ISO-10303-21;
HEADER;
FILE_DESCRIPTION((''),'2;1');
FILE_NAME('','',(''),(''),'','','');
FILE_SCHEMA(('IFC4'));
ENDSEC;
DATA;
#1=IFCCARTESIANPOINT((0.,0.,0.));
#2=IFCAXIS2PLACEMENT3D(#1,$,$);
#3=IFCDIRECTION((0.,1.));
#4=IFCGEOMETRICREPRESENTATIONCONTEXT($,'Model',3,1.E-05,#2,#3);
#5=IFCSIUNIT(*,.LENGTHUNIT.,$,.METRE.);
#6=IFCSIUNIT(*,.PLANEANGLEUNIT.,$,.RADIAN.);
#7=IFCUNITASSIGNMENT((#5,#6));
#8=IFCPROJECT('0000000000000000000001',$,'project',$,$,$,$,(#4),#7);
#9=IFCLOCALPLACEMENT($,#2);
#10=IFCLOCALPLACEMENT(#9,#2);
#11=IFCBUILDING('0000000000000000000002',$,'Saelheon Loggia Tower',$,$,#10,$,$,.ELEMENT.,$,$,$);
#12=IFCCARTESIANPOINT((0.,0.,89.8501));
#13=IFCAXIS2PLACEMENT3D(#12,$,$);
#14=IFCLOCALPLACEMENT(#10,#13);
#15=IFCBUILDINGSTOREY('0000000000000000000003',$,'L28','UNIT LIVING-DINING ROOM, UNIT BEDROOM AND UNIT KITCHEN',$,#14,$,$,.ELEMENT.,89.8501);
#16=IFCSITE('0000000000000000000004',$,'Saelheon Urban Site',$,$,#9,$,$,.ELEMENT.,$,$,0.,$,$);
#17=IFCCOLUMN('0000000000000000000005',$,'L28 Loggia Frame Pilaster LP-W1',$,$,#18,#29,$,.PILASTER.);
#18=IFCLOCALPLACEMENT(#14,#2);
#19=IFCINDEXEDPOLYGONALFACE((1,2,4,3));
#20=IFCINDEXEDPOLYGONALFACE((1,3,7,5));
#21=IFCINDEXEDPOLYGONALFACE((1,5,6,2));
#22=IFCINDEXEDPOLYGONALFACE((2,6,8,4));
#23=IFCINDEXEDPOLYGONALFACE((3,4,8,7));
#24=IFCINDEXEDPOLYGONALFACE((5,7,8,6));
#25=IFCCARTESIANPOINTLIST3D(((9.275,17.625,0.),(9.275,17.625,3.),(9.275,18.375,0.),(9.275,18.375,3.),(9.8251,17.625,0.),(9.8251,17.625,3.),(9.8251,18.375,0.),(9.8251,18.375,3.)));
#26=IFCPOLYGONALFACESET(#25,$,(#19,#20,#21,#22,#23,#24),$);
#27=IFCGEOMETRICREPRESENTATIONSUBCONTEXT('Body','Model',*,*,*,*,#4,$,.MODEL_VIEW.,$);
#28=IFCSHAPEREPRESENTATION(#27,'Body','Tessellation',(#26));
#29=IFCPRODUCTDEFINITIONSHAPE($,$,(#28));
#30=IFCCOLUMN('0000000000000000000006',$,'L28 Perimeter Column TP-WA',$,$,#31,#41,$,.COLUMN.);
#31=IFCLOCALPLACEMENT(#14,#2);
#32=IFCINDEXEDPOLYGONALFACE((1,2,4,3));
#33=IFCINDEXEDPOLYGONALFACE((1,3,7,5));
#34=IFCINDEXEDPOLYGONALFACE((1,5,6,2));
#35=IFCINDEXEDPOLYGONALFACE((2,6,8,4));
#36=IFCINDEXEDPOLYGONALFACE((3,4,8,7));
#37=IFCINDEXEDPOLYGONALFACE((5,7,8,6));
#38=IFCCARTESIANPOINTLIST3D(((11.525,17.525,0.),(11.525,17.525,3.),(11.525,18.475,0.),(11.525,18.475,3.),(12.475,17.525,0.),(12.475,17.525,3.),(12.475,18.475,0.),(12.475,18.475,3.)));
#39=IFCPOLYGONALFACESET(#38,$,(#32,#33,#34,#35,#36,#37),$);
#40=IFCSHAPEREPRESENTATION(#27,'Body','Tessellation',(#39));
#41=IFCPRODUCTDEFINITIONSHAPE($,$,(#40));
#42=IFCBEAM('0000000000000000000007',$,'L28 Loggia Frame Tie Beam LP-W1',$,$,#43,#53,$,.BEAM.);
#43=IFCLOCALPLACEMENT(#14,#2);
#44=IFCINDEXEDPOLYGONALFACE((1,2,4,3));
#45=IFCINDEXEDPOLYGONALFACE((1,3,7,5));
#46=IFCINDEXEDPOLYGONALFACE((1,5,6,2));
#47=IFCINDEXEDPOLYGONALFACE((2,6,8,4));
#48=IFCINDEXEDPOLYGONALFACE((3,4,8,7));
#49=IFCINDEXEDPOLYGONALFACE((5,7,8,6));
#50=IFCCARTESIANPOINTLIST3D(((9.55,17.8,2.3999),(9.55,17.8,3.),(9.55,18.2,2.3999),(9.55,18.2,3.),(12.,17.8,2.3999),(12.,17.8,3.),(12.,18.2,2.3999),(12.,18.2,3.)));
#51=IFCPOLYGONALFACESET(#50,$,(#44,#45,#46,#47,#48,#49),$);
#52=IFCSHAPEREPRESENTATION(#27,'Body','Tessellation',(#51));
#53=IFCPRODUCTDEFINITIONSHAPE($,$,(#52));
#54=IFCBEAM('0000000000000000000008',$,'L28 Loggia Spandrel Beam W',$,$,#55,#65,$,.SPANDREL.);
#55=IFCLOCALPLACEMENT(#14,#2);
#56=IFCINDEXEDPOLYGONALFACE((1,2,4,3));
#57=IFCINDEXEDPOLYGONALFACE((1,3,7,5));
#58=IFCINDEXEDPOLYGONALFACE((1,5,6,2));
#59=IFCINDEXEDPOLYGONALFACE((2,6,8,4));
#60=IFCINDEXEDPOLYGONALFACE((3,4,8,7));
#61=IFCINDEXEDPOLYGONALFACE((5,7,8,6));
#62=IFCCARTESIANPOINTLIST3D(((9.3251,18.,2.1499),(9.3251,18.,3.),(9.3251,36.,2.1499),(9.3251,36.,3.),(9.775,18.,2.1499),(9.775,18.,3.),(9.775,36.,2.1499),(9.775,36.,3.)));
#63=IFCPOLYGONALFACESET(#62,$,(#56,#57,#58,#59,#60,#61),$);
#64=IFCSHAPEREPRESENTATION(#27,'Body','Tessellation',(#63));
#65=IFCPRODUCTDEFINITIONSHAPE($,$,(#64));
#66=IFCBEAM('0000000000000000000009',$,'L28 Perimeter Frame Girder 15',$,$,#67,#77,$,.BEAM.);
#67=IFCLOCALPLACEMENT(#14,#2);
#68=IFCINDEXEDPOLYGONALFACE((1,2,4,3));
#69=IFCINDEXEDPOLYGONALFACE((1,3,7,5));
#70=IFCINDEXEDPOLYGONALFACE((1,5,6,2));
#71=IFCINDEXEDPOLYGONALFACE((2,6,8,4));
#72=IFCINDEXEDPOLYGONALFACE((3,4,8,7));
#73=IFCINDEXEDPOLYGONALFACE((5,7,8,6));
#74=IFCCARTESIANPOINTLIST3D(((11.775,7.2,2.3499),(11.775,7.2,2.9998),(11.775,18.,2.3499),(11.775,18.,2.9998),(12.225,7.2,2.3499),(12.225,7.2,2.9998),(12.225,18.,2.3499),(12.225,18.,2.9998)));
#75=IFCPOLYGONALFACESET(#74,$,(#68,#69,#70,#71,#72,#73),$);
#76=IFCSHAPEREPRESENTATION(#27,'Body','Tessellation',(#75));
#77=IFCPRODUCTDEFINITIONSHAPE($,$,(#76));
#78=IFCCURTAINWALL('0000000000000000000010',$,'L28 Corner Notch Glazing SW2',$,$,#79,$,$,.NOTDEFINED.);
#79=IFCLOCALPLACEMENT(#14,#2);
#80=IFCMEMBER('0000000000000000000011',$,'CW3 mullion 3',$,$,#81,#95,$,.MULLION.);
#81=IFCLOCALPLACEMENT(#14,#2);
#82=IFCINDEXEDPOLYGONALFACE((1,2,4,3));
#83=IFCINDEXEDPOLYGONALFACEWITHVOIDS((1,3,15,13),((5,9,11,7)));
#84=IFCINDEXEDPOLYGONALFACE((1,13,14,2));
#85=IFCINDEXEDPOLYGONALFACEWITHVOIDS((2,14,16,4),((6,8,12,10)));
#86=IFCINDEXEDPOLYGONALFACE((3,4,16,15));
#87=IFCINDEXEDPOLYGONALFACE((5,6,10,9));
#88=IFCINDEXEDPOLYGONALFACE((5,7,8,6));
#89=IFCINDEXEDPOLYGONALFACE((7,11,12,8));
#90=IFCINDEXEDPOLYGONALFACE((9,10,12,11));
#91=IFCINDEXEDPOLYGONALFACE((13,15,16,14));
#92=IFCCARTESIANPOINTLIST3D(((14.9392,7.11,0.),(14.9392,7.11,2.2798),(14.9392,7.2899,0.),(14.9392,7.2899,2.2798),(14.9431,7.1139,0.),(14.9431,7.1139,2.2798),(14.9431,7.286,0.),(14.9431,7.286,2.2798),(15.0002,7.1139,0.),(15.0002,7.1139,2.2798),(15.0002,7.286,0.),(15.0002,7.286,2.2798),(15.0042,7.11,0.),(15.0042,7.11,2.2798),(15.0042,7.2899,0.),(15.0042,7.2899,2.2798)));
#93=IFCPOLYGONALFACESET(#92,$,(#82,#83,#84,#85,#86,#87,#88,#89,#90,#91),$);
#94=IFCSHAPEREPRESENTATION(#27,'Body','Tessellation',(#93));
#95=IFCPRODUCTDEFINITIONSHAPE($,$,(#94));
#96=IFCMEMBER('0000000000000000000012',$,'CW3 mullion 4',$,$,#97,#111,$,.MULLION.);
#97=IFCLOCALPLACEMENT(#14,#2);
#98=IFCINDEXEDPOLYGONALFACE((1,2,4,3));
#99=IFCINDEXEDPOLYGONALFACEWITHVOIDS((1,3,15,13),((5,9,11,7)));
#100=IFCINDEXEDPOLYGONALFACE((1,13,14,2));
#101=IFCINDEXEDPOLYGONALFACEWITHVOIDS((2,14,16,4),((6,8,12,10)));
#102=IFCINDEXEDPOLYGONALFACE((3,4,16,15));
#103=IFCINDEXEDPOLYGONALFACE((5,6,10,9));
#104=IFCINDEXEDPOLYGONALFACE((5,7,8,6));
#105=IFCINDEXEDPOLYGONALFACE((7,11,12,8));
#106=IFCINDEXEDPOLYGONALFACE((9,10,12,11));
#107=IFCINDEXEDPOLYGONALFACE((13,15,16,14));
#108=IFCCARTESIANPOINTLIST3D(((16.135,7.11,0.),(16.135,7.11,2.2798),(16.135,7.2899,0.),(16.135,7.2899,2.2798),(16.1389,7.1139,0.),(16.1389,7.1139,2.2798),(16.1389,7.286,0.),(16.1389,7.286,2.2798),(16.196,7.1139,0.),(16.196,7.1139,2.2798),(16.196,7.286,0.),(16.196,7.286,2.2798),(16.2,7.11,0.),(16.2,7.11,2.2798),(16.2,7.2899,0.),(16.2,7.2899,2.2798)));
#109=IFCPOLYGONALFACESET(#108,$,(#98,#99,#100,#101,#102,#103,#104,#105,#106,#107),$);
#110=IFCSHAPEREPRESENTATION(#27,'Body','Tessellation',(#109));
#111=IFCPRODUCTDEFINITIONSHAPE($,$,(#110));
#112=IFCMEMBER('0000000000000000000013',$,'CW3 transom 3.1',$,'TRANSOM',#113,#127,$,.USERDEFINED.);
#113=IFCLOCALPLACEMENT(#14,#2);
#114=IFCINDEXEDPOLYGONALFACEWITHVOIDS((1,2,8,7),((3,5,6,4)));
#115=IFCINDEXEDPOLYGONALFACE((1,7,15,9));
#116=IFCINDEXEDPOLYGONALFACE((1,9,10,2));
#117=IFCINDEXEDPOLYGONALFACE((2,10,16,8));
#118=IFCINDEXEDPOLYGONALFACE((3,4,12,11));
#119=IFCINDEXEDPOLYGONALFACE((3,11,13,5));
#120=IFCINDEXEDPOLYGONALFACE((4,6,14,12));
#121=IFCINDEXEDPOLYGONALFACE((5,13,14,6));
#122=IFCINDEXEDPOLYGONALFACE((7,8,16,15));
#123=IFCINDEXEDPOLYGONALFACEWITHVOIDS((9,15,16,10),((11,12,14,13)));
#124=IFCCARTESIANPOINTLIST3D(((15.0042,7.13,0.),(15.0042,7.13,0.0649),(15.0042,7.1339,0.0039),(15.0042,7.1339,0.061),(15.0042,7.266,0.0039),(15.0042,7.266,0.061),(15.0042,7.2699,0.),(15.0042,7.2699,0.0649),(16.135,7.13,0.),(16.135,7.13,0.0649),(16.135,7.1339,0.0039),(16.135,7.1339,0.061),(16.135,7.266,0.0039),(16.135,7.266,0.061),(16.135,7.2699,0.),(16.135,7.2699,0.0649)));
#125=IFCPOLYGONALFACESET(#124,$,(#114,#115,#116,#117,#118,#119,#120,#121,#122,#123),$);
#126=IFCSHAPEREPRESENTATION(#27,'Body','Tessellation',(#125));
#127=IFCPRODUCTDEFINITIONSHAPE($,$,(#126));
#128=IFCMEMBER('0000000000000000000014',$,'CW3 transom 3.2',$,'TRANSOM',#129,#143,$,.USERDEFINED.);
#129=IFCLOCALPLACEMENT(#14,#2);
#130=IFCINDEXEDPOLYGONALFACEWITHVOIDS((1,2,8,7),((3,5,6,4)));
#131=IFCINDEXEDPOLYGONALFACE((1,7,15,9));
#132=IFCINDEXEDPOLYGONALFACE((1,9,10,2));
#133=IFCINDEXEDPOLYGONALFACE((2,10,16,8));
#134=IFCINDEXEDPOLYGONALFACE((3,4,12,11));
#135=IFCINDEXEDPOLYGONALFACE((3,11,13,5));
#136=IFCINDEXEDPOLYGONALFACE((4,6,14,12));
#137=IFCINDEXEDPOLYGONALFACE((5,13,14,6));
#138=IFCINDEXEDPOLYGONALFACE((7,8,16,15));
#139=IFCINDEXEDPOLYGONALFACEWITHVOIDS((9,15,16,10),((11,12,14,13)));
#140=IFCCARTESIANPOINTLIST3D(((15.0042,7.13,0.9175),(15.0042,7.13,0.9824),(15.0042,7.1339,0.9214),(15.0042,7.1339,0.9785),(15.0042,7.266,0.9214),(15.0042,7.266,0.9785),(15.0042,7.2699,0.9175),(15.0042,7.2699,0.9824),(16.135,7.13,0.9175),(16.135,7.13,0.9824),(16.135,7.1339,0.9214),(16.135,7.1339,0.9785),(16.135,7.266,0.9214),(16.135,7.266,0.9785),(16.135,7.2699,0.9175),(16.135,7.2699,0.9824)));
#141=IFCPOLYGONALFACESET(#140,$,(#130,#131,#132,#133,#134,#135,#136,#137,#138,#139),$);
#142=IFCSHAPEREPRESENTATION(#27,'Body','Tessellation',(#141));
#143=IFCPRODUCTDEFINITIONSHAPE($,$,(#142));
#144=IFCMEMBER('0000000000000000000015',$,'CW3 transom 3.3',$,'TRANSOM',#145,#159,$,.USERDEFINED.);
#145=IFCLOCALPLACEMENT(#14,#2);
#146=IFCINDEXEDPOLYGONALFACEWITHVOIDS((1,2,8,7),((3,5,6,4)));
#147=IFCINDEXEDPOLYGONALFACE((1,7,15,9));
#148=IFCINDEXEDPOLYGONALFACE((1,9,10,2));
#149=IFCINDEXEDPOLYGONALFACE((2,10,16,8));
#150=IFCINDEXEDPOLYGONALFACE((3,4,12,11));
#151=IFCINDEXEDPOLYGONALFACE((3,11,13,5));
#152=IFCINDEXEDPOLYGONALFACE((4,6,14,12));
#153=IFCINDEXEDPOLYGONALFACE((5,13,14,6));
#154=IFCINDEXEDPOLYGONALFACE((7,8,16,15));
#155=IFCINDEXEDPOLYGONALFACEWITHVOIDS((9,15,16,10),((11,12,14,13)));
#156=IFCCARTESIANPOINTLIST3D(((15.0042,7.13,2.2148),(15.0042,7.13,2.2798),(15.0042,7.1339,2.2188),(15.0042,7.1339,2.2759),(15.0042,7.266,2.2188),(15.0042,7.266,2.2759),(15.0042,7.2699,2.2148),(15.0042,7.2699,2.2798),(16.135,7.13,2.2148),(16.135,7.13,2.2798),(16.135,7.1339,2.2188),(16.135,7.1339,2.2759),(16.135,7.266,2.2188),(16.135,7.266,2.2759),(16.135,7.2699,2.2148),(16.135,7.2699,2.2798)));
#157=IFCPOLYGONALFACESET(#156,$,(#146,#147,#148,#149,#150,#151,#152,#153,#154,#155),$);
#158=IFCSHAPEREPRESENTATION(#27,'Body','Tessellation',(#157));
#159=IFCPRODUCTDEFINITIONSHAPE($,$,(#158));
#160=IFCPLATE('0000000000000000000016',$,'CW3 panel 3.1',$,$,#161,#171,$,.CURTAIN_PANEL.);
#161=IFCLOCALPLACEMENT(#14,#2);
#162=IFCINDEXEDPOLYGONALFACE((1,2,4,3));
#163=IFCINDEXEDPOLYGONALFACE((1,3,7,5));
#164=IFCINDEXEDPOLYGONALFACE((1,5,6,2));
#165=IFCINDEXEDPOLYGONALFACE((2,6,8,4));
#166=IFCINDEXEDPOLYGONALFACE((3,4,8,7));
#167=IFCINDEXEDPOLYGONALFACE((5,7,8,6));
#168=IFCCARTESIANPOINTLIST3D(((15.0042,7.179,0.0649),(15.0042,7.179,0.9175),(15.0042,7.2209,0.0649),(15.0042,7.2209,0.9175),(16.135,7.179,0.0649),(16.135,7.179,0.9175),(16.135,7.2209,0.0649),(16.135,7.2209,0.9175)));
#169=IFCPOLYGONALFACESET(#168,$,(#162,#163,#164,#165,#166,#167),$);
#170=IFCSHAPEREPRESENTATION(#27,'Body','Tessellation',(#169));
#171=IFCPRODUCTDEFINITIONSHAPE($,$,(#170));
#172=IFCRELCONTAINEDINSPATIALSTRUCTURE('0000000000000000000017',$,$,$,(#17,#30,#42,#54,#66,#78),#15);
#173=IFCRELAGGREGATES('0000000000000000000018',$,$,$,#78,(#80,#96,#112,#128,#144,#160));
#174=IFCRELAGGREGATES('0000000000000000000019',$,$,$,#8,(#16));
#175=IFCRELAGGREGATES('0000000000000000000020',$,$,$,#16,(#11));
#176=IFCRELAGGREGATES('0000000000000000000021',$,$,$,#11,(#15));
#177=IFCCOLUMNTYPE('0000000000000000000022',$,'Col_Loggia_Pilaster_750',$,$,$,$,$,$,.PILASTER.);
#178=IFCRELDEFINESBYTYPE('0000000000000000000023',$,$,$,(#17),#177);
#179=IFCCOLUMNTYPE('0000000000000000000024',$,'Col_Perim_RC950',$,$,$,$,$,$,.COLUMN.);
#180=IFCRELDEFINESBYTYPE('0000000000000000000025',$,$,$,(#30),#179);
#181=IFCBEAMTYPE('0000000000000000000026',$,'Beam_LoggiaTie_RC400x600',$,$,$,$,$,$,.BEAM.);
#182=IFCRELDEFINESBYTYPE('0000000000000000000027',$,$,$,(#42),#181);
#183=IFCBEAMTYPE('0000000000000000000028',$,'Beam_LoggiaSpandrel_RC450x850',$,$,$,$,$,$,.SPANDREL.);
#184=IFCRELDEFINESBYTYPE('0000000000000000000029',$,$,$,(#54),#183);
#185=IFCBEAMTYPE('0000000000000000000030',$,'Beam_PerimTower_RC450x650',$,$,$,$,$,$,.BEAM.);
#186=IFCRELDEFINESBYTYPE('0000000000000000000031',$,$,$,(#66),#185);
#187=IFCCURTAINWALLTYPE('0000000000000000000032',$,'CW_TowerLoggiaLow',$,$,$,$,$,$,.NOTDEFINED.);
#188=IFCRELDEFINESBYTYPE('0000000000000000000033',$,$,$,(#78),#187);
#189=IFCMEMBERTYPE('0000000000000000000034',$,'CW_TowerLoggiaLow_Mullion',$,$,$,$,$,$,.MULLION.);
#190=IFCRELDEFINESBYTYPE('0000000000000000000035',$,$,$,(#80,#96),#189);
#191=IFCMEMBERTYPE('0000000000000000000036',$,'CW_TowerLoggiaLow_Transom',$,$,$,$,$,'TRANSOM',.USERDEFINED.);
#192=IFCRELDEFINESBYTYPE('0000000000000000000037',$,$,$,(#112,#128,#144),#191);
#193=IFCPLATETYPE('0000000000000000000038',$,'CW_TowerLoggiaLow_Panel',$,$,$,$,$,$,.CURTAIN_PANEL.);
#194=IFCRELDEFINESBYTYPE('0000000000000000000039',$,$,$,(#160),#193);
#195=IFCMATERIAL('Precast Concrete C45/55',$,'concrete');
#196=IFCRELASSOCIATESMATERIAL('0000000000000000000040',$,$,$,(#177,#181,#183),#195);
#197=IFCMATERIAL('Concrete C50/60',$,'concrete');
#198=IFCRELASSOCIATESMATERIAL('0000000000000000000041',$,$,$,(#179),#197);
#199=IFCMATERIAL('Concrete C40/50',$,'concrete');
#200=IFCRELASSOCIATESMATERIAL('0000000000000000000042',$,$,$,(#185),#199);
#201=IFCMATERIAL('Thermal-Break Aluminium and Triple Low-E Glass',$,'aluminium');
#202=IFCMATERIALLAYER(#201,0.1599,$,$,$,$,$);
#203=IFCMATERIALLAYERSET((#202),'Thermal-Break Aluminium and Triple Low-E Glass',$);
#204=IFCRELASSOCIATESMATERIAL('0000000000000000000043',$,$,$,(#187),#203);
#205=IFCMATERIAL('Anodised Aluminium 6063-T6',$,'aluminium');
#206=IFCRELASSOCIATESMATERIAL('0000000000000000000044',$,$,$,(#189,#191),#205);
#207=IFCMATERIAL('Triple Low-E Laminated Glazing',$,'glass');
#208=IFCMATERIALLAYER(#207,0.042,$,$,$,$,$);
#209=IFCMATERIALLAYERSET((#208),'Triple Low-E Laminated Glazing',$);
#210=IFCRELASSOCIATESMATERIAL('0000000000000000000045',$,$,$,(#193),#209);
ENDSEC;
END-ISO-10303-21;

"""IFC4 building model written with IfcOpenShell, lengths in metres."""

from ifc_helpers import new_model, si_unit, direction, frame, origin, origin_2d, place, context, subcontext, project, spatial, rectangle, hollow_rectangle, extrude, source, transform, mapped, material, layer, layer_set, material_profile, profile_set, type_object, element, aggregate, save


model = new_model("IFC4")

# Units and contexts
model_context = context("Model", 3, precision=1e-05, world=origin(), true_north=direction((0.0, 1.0)))
body_context = subcontext(model_context, "Body", "Model", "MODEL_VIEW")
ifc_project = project(units=[si_unit("LENGTHUNIT", "METRE"), si_unit("PLANEANGLEUNIT", "RADIAN")], contexts=[model_context])

# Site, building, storey
site_placement = place(None, origin())
site = spatial("IfcSite", under=ifc_project, at=site_placement, Name="Saelheon Urban Site", CompositionType="ELEMENT", RefElevation=0.0)
building_placement = place(site_placement, origin())
building = spatial("IfcBuilding", under=site, at=building_placement, Name="Saelheon Loggia Tower", CompositionType="ELEMENT")
storey_placement = place(building_placement, frame((0.0, 0.0, 89.8501)))
storey = spatial("IfcBuildingStorey", under=building, at=storey_placement, Name="L28", Description="UNIT LIVING-DINING ROOM, UNIT BEDROOM AND UNIT KITCHEN", CompositionType="ELEMENT", Elevation=89.8501)

# Columns
ifc_material_1 = material(Name="Precast Concrete C45/55", Category="concrete")
ifc_material_profile_1 = material_profile(ifc_material_1, rectangle(XDim=0.55, YDim=0.75, at=origin_2d()), Name="RC-550x750")
ifc_profile_set_1 = profile_set([ifc_material_profile_1], Name="Precast Concrete C45/55")
column_type_1 = type_object("IfcColumnType", Name="Col_Loggia_Pilaster_750", PredefinedType="PILASTER", material=ifc_profile_set_1)
shared_shape_1 = source(origin(), body_context, "Body", "SweptSolid", [
    extrude(rectangle(XDim=0.55, YDim=0.75, at=origin_2d()), origin(), (0.0, 0.0, 1.0), 3.0),
])
column_1_placement = place(storey_placement, frame((9.55, 18.0, 0.0), z_axis=(0.0, 0.0, 1.0), x_axis=(1.0, 0.0, 0.0)))
element("IfcColumn", 1, at=column_1_placement, inside=storey, type_object=column_type_1, Name="L28 Loggia Frame Pilaster LP-W1", PredefinedType="PILASTER", context=body_context, shape_type="MappedRepresentation", body=[
    mapped(shared_shape_1, transform((0.0, 0.0, 0.0), scale=1.0)),
])
ifc_material_2 = material(Name="Concrete C50/60", Category="concrete")
ifc_material_profile_2 = material_profile(ifc_material_2, rectangle(XDim=0.95, YDim=0.95, at=origin_2d()), Name="RC-950x950")
ifc_profile_set_2 = profile_set([ifc_material_profile_2], Name="Concrete C50/60")
column_type_2 = type_object("IfcColumnType", Name="Col_Perim_RC950", PredefinedType="COLUMN", material=ifc_profile_set_2)
shared_shape_2 = source(origin(), body_context, "Body", "SweptSolid", [
    extrude(rectangle(XDim=0.95, YDim=0.95, at=origin_2d()), origin(), (0.0, 0.0, 1.0), 3.0),
])
column_2_placement = place(storey_placement, frame((12.0, 18.0, 0.0), z_axis=(0.0, 0.0, 1.0), x_axis=(1.0, 0.0, 0.0)))
element("IfcColumn", 2, at=column_2_placement, inside=storey, type_object=column_type_2, Name="L28 Perimeter Column TP-WA", PredefinedType="COLUMN", context=body_context, shape_type="MappedRepresentation", body=[
    mapped(shared_shape_2, transform((0.0, 0.0, 0.0), scale=1.0)),
])

# Beams
ifc_material_profile_3 = material_profile(ifc_material_1, rectangle(XDim=0.3999, YDim=0.6001, at=origin_2d()), Name="RC-400x600")
ifc_profile_set_3 = profile_set([ifc_material_profile_3], Name="Precast Concrete C45/55")
beam_type_1 = type_object("IfcBeamType", Name="Beam_LoggiaTie_RC400x600", PredefinedType="BEAM", material=ifc_profile_set_3)
shared_shape_3 = source(origin(), body_context, "Body", "SweptSolid", [
    extrude(rectangle(XDim=0.3999, YDim=0.6001, at=origin_2d()), origin(), (0.0, 0.0, 1.0), 2.45),
])
beam_1_placement = place(storey_placement, frame((12.0, 18.0, 2.7), z_axis=(-1.0, 0.0, 0.0), x_axis=(0.0, -1.0, 0.0)))
element("IfcBeam", 3, at=beam_1_placement, inside=storey, type_object=beam_type_1, Name="L28 Loggia Frame Tie Beam LP-W1", PredefinedType="BEAM", context=body_context, shape_type="MappedRepresentation", body=[
    mapped(shared_shape_3, transform((0.0, 0.0, 0.0), scale=1.0)),
])
ifc_material_profile_4 = material_profile(ifc_material_1, rectangle(XDim=0.45, YDim=0.8501, at=origin_2d()), Name="RC-450x850")
ifc_profile_set_4 = profile_set([ifc_material_profile_4], Name="Precast Concrete C45/55")
beam_type_2 = type_object("IfcBeamType", Name="Beam_LoggiaSpandrel_RC450x850", PredefinedType="SPANDREL", material=ifc_profile_set_4)
shared_shape_4 = source(origin(), body_context, "Body", "SweptSolid", [
    extrude(rectangle(XDim=0.45, YDim=0.8501, at=origin_2d()), origin(), (0.0, 0.0, 1.0), 18.0),
])
beam_2_placement = place(storey_placement, frame((9.55, 18.0, 2.575), z_axis=(0.0, 1.0, 0.0), x_axis=(-1.0, 0.0, 0.0)))
element("IfcBeam", 4, at=beam_2_placement, inside=storey, type_object=beam_type_2, Name="L28 Loggia Spandrel Beam W", PredefinedType="SPANDREL", context=body_context, shape_type="MappedRepresentation", body=[
    mapped(shared_shape_4, transform((0.0, 0.0, 0.0), scale=1.0)),
])
ifc_material_3 = material(Name="Concrete C40/50", Category="concrete")
ifc_material_profile_5 = material_profile(ifc_material_3, rectangle(XDim=0.45, YDim=0.6499, at=origin_2d()), Name="RC-450x650")
ifc_profile_set_5 = profile_set([ifc_material_profile_5], Name="Concrete C40/50")
beam_type_3 = type_object("IfcBeamType", Name="Beam_PerimTower_RC450x650", PredefinedType="BEAM", material=ifc_profile_set_5)
shared_shape_5 = source(origin(), body_context, "Body", "SweptSolid", [
    extrude(rectangle(XDim=0.45, YDim=0.6499, at=origin_2d()), origin(), (0.0, 0.0, 1.0), 10.8),
])
beam_3_placement = place(storey_placement, frame((12.0, 18.0, 2.6748), z_axis=(0.0, -1.0, 0.0), x_axis=(1.0, 0.0, 0.0)))
element("IfcBeam", 5, at=beam_3_placement, inside=storey, type_object=beam_type_3, Name="L28 Perimeter Frame Girder 15", PredefinedType="BEAM", context=body_context, shape_type="MappedRepresentation", body=[
    mapped(shared_shape_5, transform((0.0, 0.0, 0.0), scale=1.0)),
])

# Curtain wall, members, plate
ifc_material_4 = material(Name="Thermal-Break Aluminium and Triple Low-E Glass", Category="aluminium")
ifc_layer_1 = layer(ifc_material_4, 0.1599)
ifc_layer_set_1 = layer_set([ifc_layer_1], Name="Thermal-Break Aluminium and Triple Low-E Glass")
curtain_wall_type = type_object("IfcCurtainWallType", Name="CW_TowerLoggiaLow", PredefinedType="NOTDEFINED", material=ifc_layer_set_1)
curtain_wall_placement = place(storey_placement, origin())
curtain_wall = element("IfcCurtainWall", 6, at=curtain_wall_placement, inside=storey, type_object=curtain_wall_type, Name="L28 Corner Notch Glazing SW2", PredefinedType="NOTDEFINED")
ifc_material_5 = material(Name="Anodised Aluminium 6063-T6", Category="aluminium")
ifc_material_profile_6 = material_profile(ifc_material_5, hollow_rectangle(XDim=0.0649, YDim=0.1799, WallThickness=0.0039, at=origin_2d()), Name="RHS-180x65x4")
ifc_profile_set_6 = profile_set([ifc_material_profile_6], Name="Anodised Aluminium 6063-T6")
member_type_1 = type_object("IfcMemberType", Name="CW_TowerLoggiaLow_Mullion", PredefinedType="MULLION", material=ifc_profile_set_6)
shared_shape_6 = source(origin(), body_context, "Body", "SweptSolid", [
    extrude(hollow_rectangle(XDim=0.0649, YDim=0.1799, WallThickness=0.0039, at=origin_2d()), origin(), (0.0, 0.0, 1.0), 2.2798),
])
member_1_placement = place(storey_placement, frame((14.9717, 7.2, 0.0), z_axis=(0.0, 0.0, 1.0), x_axis=(1.0, 0.0, 0.0)))
member_1 = element("IfcMember", 7, at=member_1_placement, type_object=member_type_1, Name="CW3 mullion 3", PredefinedType="MULLION", context=body_context, shape_type="MappedRepresentation", body=[
    mapped(shared_shape_6, transform((0.0, 0.0, 0.0), scale=1.0)),
])
member_2_placement = place(storey_placement, frame((16.1675, 7.2, 0.0), z_axis=(0.0, 0.0, 1.0), x_axis=(1.0, 0.0, 0.0)))
member_2 = element("IfcMember", 8, at=member_2_placement, type_object=member_type_1, Name="CW3 mullion 4", PredefinedType="MULLION", context=body_context, shape_type="MappedRepresentation", body=[
    mapped(shared_shape_6, transform((0.0, 0.0, 0.0), scale=1.0)),
])
ifc_material_profile_7 = material_profile(ifc_material_5, hollow_rectangle(XDim=0.0649, YDim=0.1399, WallThickness=0.0039, at=origin_2d()), Name="RHS-140x65x4")
ifc_profile_set_7 = profile_set([ifc_material_profile_7], Name="Anodised Aluminium 6063-T6")
member_type_2 = type_object("IfcMemberType", Name="CW_TowerLoggiaLow_Transom", ElementType="TRANSOM", PredefinedType="USERDEFINED", material=ifc_profile_set_7)
shared_shape_7 = source(origin(), body_context, "Body", "SweptSolid", [
    extrude(hollow_rectangle(XDim=0.0649, YDim=0.1399, WallThickness=0.0039, at=origin_2d()), origin(), (0.0, 0.0, 1.0), 1.1309),
])
member_3_placement = place(storey_placement, frame((15.0042, 7.2, 0.0325), z_axis=(1.0, 0.0, 0.0), x_axis=(0.0, 0.0, 1.0)))
member_3 = element("IfcMember", 9, at=member_3_placement, type_object=member_type_2, Name="CW3 transom 3.1", ObjectType="TRANSOM", PredefinedType="USERDEFINED", context=body_context, shape_type="MappedRepresentation", body=[
    mapped(shared_shape_7, transform((0.0, 0.0, 0.0), scale=1.0)),
])
member_4_placement = place(storey_placement, frame((15.0042, 7.2, 0.95), z_axis=(1.0, 0.0, 0.0), x_axis=(0.0, 0.0, 1.0)))
member_4 = element("IfcMember", 10, at=member_4_placement, type_object=member_type_2, Name="CW3 transom 3.2", ObjectType="TRANSOM", PredefinedType="USERDEFINED", context=body_context, shape_type="MappedRepresentation", body=[
    mapped(shared_shape_7, transform((0.0, 0.0, 0.0), scale=1.0)),
])
member_5_placement = place(storey_placement, frame((15.0042, 7.2, 2.2473), z_axis=(1.0, 0.0, 0.0), x_axis=(0.0, 0.0, 1.0)))
member_5 = element("IfcMember", 11, at=member_5_placement, type_object=member_type_2, Name="CW3 transom 3.3", ObjectType="TRANSOM", PredefinedType="USERDEFINED", context=body_context, shape_type="MappedRepresentation", body=[
    mapped(shared_shape_7, transform((0.0, 0.0, 0.0), scale=1.0)),
])
ifc_material_6 = material(Name="Triple Low-E Laminated Glazing", Category="glass")
ifc_layer_2 = layer(ifc_material_6, 0.042)
ifc_layer_set_2 = layer_set([ifc_layer_2], Name="Triple Low-E Laminated Glazing")
plate_type = type_object("IfcPlateType", Name="CW_TowerLoggiaLow_Panel", PredefinedType="CURTAIN_PANEL", material=ifc_layer_set_2)
shared_shape_8 = source(origin(), body_context, "Body", "SweptSolid", [
    extrude(rectangle(XDim=1.1309, YDim=0.042, at=origin_2d()), origin(), (0.0, 0.0, 1.0), 0.8525),
])
plate_1_placement = place(storey_placement, frame((15.5696, 7.2, 0.0649), z_axis=(0.0, 0.0, 1.0), x_axis=(1.0, 0.0, 0.0)))
plate_1 = element("IfcPlate", 12, at=plate_1_placement, type_object=plate_type, Name="CW3 panel 3.1", PredefinedType="CURTAIN_PANEL", context=body_context, shape_type="MappedRepresentation", body=[
    mapped(shared_shape_8, transform((0.0, 0.0, 0.0), scale=1.0)),
])
aggregate(curtain_wall, [member_1, member_2, member_3, member_4, member_5, plate_1])

save(model, "model.ifc")
